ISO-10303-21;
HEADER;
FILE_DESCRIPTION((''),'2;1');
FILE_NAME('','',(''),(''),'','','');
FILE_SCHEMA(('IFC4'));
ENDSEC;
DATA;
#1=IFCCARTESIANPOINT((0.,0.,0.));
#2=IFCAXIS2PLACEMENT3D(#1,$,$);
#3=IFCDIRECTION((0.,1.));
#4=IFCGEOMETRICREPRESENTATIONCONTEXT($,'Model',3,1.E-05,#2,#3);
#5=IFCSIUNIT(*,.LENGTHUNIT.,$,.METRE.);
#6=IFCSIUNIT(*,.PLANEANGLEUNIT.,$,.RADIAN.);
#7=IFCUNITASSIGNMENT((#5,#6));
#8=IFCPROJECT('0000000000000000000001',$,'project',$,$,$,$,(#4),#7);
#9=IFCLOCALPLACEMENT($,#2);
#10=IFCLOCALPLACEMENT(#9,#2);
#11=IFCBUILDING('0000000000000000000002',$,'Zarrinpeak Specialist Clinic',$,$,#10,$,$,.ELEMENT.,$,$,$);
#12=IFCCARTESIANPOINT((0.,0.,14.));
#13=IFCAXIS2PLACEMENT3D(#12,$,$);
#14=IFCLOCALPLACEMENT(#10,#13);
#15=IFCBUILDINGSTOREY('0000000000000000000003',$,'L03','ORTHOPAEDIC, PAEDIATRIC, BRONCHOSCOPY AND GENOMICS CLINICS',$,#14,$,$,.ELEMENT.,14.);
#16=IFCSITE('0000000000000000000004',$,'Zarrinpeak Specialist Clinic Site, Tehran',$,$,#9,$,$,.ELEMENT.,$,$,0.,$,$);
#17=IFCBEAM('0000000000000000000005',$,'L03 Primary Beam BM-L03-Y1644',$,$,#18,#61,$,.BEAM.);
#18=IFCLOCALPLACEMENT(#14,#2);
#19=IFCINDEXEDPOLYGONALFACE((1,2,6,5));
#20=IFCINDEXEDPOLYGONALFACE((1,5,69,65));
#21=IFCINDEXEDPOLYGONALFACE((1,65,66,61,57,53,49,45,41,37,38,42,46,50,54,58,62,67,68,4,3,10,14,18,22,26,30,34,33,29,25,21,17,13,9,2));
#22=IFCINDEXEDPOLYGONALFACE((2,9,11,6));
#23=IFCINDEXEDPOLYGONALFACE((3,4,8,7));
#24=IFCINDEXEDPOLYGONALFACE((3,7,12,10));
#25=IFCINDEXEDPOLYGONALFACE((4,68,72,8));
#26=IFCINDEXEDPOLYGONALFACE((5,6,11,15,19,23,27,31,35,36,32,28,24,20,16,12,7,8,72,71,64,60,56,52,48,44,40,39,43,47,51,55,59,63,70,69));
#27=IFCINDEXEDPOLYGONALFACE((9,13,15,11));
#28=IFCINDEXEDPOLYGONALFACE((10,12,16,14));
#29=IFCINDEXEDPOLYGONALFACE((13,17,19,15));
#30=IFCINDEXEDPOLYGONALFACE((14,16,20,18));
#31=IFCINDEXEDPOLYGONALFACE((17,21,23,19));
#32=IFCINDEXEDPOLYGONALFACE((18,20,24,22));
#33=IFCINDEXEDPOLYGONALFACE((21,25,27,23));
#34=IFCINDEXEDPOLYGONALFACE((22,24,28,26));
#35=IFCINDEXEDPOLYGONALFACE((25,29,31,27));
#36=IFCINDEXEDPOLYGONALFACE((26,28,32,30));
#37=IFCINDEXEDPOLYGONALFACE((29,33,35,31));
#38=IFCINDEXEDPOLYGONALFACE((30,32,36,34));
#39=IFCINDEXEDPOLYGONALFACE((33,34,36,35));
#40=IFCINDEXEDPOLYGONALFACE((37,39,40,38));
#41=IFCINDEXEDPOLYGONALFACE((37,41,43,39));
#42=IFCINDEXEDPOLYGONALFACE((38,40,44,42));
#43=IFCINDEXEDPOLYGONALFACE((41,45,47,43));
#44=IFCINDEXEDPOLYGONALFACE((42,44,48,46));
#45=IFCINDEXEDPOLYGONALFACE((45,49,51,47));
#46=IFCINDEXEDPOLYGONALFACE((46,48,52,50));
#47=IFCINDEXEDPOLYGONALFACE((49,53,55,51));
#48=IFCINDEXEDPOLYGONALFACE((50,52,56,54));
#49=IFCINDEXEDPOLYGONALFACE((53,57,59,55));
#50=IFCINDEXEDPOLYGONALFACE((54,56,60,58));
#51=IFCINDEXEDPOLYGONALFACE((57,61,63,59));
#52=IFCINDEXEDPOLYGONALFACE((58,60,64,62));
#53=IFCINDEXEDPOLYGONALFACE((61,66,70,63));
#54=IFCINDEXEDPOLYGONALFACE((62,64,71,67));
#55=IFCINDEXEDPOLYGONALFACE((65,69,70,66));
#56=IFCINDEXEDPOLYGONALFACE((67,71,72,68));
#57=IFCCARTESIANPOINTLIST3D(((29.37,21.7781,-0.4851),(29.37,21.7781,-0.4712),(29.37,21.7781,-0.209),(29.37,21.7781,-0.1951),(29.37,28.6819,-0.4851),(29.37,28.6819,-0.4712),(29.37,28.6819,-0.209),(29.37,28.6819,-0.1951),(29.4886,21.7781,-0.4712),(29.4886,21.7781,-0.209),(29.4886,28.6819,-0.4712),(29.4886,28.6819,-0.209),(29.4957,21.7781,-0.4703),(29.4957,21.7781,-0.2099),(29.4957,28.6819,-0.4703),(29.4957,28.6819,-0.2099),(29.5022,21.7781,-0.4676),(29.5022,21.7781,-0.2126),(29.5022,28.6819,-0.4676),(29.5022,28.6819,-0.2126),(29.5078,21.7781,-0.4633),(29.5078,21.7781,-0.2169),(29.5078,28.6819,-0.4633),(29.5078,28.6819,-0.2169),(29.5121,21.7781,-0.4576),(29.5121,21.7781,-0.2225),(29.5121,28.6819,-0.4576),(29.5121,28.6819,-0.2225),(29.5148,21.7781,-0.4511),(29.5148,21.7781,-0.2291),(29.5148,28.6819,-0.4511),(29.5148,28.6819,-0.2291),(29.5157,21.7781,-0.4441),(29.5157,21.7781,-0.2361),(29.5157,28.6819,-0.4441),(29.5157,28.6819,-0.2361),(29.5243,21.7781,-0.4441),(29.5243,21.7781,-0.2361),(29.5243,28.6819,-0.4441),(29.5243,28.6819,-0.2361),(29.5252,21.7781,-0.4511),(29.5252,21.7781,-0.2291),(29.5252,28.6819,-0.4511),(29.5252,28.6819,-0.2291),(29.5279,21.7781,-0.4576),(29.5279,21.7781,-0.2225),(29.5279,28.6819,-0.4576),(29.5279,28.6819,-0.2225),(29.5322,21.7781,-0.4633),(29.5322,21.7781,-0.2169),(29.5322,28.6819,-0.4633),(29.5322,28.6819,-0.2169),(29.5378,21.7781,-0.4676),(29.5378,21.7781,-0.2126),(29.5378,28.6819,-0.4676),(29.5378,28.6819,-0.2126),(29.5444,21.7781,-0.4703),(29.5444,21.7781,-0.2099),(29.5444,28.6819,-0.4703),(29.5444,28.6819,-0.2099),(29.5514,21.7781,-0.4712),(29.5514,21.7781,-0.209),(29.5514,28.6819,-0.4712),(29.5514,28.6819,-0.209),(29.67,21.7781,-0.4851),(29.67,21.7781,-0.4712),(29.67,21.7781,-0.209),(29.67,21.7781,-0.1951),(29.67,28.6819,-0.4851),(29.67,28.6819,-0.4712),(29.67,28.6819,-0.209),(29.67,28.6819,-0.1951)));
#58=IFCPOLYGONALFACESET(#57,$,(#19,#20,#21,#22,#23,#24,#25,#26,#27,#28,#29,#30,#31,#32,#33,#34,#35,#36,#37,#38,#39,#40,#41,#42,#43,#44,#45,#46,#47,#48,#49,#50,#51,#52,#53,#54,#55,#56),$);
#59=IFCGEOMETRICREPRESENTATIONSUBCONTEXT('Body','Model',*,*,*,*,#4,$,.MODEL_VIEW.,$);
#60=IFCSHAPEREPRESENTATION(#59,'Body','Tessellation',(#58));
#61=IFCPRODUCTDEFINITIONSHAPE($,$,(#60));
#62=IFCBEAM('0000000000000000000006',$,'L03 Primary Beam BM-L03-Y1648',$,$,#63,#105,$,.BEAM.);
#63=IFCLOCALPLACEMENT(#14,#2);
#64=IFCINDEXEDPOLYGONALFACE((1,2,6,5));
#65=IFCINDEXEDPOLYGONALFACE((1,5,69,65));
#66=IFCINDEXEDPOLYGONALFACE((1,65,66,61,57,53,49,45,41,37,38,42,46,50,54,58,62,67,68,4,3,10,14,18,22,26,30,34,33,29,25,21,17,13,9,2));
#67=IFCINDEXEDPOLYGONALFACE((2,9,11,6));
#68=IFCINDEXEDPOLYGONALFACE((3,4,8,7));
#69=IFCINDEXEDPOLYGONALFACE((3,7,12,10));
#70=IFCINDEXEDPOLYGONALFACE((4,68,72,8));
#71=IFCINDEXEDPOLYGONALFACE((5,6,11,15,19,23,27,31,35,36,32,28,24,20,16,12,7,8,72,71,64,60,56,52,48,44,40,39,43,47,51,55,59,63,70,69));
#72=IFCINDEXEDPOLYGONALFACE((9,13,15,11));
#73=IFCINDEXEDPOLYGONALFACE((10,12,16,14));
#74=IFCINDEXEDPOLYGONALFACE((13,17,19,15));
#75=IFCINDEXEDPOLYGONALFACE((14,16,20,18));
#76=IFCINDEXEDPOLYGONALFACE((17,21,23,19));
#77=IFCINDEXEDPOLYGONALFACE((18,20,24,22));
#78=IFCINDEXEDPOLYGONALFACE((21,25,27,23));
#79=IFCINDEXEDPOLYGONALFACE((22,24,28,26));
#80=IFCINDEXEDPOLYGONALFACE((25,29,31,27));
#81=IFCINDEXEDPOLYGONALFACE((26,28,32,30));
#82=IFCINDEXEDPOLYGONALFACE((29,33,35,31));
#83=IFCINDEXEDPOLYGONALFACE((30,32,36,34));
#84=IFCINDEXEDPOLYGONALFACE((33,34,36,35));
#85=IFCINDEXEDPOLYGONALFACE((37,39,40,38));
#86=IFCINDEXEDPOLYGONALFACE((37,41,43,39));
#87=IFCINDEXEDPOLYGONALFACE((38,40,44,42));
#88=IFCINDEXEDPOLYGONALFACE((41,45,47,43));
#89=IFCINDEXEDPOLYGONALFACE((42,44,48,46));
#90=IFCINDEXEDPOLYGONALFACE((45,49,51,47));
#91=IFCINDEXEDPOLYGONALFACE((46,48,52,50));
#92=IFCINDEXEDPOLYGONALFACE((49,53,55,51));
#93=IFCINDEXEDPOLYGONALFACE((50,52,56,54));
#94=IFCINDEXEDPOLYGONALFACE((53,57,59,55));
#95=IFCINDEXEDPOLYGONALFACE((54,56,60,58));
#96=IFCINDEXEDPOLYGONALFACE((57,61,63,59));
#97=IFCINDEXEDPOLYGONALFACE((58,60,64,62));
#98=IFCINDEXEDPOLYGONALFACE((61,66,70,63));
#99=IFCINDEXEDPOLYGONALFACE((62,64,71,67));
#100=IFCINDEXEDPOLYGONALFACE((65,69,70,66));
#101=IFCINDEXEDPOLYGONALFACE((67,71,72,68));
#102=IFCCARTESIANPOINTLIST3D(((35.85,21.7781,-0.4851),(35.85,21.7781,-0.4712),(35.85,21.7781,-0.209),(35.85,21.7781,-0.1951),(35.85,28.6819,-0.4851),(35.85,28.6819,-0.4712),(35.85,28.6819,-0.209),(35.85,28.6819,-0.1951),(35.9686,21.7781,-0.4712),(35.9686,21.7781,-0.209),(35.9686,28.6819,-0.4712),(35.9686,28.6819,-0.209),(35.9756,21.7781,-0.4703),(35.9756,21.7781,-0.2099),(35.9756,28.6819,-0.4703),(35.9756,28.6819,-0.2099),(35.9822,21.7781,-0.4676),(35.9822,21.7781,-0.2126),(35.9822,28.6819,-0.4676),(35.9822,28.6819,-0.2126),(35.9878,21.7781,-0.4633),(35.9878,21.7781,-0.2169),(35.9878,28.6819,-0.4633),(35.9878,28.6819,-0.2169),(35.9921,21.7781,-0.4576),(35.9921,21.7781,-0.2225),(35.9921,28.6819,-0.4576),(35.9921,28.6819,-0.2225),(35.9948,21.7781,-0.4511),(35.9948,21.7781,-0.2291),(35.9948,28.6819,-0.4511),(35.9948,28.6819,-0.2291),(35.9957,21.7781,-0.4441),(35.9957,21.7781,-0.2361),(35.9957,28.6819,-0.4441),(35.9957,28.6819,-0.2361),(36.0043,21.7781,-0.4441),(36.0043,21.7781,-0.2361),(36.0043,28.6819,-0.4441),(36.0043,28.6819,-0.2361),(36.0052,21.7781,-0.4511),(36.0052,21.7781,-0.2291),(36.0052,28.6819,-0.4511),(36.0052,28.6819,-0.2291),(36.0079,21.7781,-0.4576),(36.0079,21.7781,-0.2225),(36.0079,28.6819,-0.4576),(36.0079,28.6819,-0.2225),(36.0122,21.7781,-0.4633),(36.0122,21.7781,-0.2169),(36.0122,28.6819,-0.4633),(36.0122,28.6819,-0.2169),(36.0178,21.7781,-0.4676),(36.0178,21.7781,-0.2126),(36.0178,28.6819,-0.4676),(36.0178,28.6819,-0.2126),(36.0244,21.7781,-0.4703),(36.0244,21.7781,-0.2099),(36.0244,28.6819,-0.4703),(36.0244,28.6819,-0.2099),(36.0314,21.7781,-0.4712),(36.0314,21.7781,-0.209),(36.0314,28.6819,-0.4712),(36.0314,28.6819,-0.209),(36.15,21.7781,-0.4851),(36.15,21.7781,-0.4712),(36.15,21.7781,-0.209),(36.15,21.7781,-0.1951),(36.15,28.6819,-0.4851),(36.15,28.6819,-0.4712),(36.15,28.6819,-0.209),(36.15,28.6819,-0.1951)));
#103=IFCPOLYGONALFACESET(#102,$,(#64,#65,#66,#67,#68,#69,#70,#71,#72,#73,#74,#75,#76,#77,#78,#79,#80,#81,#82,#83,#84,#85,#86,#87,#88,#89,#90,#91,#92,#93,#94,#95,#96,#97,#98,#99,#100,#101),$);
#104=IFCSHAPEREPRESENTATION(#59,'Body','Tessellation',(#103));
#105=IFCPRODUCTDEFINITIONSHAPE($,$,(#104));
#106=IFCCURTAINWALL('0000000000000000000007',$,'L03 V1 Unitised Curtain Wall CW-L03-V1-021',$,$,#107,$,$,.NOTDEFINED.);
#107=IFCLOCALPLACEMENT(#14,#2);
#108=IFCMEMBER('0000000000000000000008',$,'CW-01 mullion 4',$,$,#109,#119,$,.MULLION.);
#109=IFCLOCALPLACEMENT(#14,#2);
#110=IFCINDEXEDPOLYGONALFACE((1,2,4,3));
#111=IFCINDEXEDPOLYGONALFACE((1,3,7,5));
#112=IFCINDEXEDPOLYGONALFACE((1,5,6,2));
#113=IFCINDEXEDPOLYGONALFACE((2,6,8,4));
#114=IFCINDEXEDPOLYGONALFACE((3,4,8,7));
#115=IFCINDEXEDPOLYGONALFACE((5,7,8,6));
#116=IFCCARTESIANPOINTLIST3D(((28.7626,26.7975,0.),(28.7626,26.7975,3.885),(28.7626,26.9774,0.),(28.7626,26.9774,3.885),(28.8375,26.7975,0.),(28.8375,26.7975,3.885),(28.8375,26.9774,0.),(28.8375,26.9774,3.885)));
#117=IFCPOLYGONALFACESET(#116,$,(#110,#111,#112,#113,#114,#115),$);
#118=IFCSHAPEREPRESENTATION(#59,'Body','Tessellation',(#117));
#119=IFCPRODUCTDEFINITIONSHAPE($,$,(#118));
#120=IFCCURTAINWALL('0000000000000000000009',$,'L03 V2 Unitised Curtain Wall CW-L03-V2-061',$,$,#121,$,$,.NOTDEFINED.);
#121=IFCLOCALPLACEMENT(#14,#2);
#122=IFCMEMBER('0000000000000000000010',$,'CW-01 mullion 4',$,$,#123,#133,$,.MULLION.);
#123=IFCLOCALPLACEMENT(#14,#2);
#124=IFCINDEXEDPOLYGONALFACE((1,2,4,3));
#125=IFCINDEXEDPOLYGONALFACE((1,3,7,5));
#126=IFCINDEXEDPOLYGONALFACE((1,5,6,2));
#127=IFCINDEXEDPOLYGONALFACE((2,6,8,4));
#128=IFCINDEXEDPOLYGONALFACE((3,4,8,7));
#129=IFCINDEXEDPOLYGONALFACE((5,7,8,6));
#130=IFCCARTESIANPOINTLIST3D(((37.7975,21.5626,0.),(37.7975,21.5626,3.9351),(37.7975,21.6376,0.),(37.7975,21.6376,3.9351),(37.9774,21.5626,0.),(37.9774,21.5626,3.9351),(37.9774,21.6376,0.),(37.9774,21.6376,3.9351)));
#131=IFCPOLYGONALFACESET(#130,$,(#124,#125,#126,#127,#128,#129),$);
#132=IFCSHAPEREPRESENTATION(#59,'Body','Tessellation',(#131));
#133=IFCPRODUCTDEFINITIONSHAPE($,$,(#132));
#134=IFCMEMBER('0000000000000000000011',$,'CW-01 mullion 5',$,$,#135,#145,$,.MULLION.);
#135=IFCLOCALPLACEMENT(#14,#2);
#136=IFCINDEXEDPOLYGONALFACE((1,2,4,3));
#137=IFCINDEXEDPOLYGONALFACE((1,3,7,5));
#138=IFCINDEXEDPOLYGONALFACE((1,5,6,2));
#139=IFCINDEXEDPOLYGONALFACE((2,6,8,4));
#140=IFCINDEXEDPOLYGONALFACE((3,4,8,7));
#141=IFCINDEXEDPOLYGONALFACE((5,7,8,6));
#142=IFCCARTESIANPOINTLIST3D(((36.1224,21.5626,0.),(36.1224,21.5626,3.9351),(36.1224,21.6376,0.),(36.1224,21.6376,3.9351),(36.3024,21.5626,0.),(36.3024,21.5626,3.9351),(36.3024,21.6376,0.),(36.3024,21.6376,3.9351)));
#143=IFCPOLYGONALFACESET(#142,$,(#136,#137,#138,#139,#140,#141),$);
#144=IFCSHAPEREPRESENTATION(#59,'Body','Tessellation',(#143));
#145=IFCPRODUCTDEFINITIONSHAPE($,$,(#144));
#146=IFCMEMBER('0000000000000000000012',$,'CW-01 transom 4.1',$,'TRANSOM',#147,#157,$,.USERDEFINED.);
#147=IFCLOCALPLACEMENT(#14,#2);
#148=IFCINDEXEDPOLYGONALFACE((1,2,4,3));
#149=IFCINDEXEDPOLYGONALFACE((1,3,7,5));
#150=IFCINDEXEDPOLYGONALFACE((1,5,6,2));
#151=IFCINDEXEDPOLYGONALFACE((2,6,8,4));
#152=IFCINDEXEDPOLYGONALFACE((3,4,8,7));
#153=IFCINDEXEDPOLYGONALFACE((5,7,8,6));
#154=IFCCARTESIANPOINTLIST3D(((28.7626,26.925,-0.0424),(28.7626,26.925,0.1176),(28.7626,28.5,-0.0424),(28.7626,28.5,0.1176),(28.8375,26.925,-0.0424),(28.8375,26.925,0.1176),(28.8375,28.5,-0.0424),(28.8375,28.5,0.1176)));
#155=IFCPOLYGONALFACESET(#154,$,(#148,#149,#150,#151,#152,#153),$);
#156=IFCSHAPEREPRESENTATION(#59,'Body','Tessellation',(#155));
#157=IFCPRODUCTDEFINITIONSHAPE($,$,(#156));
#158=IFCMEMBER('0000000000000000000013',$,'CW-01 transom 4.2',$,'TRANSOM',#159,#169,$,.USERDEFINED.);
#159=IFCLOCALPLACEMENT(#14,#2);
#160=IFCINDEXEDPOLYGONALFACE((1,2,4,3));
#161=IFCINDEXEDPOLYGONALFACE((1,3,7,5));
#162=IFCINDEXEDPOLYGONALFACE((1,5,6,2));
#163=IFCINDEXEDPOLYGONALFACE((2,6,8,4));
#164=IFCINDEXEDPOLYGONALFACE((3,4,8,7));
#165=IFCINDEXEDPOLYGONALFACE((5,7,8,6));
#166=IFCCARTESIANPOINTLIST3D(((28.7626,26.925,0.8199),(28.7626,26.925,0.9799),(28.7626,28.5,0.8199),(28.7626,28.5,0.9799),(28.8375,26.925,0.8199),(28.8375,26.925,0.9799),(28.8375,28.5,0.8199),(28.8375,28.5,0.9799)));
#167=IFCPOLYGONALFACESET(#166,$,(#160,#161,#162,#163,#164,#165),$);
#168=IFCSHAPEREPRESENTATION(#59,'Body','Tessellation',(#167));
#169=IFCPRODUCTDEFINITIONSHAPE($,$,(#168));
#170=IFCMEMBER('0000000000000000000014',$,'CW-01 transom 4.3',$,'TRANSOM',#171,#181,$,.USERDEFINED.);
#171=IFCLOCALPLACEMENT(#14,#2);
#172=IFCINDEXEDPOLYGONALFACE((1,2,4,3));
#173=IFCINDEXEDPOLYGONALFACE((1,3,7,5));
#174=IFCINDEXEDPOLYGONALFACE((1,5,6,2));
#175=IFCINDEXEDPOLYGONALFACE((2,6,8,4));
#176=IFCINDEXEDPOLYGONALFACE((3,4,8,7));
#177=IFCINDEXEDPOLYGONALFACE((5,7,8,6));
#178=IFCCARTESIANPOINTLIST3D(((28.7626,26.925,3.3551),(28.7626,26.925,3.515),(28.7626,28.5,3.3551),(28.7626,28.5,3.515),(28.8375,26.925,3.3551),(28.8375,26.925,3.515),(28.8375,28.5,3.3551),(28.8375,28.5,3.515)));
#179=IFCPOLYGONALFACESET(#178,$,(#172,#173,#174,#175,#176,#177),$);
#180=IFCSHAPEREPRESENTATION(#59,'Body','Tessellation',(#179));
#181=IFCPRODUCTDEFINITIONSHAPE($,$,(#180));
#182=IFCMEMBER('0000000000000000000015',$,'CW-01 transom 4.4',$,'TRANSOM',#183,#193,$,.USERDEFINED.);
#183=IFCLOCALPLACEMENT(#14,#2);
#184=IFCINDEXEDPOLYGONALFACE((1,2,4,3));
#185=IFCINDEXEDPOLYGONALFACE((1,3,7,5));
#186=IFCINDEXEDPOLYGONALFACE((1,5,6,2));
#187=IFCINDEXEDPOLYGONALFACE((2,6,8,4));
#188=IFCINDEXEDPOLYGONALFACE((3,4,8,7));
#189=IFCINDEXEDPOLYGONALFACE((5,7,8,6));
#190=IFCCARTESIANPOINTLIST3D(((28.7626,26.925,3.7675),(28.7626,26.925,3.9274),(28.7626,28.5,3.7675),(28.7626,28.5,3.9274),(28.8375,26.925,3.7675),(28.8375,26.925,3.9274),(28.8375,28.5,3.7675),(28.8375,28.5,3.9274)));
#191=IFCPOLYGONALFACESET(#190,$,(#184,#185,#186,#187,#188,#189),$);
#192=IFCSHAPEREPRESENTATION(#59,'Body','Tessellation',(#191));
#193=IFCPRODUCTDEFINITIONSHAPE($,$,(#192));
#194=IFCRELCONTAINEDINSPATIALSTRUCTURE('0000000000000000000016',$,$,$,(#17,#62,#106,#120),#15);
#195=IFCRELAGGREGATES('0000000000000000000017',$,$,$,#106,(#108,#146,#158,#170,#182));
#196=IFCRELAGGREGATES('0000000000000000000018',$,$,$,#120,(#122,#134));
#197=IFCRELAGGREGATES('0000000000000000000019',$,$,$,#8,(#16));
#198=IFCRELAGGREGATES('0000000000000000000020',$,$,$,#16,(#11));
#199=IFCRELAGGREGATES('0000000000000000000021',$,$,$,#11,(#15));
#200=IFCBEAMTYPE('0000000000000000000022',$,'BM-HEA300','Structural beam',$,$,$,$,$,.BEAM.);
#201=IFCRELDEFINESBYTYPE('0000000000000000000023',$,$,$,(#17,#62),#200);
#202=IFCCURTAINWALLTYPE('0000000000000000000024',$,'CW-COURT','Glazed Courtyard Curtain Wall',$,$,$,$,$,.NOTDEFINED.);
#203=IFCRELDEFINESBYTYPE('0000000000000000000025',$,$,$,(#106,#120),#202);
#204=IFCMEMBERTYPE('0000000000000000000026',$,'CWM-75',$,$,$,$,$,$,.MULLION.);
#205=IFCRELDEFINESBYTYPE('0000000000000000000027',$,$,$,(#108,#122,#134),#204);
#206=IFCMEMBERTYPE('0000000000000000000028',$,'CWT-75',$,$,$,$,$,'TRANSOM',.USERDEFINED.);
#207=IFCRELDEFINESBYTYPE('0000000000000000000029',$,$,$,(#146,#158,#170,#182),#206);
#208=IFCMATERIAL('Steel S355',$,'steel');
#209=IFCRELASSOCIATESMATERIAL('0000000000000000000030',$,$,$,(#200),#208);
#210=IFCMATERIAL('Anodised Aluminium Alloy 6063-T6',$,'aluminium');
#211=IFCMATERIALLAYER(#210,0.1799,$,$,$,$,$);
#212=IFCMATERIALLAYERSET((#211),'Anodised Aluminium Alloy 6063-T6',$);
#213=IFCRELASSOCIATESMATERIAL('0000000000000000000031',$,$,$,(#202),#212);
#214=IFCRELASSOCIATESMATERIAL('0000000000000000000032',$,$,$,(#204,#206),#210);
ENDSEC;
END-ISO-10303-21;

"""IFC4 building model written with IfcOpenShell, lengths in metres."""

from ifc_helpers import new_model, si_unit, direction, frame, origin, origin_2d, place, context, subcontext, project, spatial, rectangle, i_section, extrude, material, layer, layer_set, material_profile, profile_set, type_object, element, aggregate, save


model = new_model("IFC4")

# Units and contexts
model_context = context("Model", 3, precision=1e-05, world=origin(), true_north=direction((0.0, 1.0)))
body_context = subcontext(model_context, "Body", "Model", "MODEL_VIEW")
ifc_project = project(units=[si_unit("LENGTHUNIT", "METRE"), si_unit("PLANEANGLEUNIT", "RADIAN")], contexts=[model_context])

# Site, building, storey
site_placement = place(None, origin())
site = spatial("IfcSite", under=ifc_project, at=site_placement, Name="Zarrinpeak Specialist Clinic Site, Tehran", CompositionType="ELEMENT", RefElevation=0.0)
building_placement = place(site_placement, origin())
building = spatial("IfcBuilding", under=site, at=building_placement, Name="Zarrinpeak Specialist Clinic", CompositionType="ELEMENT")
storey_placement = place(building_placement, frame((0.0, 0.0, 14.0)))
storey = spatial("IfcBuildingStorey", under=building, at=storey_placement, Name="L03", Description="ORTHOPAEDIC, PAEDIATRIC, BRONCHOSCOPY AND GENOMICS CLINICS", CompositionType="ELEMENT", Elevation=14.0)

# Shared definitions
ifc_material_1 = material(Name="Steel S355", Category="steel")

# Beams
ifc_material_profile_1 = material_profile(ifc_material_1, i_section(OverallWidth=0.3, OverallDepth=0.29, WebThickness=0.0085, FlangeThickness=0.0139, FilletRadius=0.0271, at=origin_2d()), Name="HEA 300")
ifc_profile_set_1 = profile_set([ifc_material_profile_1], Name="Steel S355")
beam_type = type_object("IfcBeamType", Name="BM-HEA300", Description="Structural beam", PredefinedType="BEAM", material=ifc_profile_set_1)
for number, where, z_axis, x_axis, name in (
    (1, (29.52, 21.7781, -0.3401), (0.0, 1.0, 0.0), (-1.0, 0.0, 0.0), "L03 Primary Beam BM-L03-Y1644"),
    (2, (36.0, 21.7781, -0.3401), (0.0, 1.0, 0.0), (-1.0, 0.0, 0.0), "L03 Primary Beam BM-L03-Y1648"),
):
    element("IfcBeam", number, at=place(storey_placement, frame(where, z_axis=z_axis, x_axis=x_axis)), inside=storey, type_object=beam_type, Name=name, PredefinedType="BEAM", context=body_context, shape_type="SweptSolid", body=[
        extrude(i_section(OverallWidth=0.3, OverallDepth=0.29, WebThickness=0.0085, FlangeThickness=0.0139, FilletRadius=0.0271, at=origin_2d()), origin(), (0.0, 0.0, 1.0), 6.9038),
    ])

# Curtain wall, member
ifc_material_2 = material(Name="Anodised Aluminium Alloy 6063-T6", Category="aluminium")
ifc_layer_1 = layer(ifc_material_2, 0.1799)
ifc_layer_set_1 = layer_set([ifc_layer_1], Name="Anodised Aluminium Alloy 6063-T6")
curtain_wall_type = type_object("IfcCurtainWallType", Name="CW-COURT", Description="Glazed Courtyard Curtain Wall", PredefinedType="NOTDEFINED", material=ifc_layer_set_1)
curtain_wall_1_placement = place(storey_placement, origin())
curtain_wall_1 = element("IfcCurtainWall", 3, at=curtain_wall_1_placement, inside=storey, type_object=curtain_wall_type, Name="L03 V1 Unitised Curtain Wall CW-L03-V1-021", PredefinedType="NOTDEFINED")
ifc_material_profile_2 = material_profile(ifc_material_2, rectangle(XDim=0.075, YDim=0.1799, at=origin_2d()), Name="ALU 75x180")
ifc_profile_set_2 = profile_set([ifc_material_profile_2], Name="Anodised Aluminium Alloy 6063-T6")
member_type_1 = type_object("IfcMemberType", Name="CWM-75", PredefinedType="MULLION", material=ifc_profile_set_2)
member_1_placement = place(storey_placement, frame((28.8, 26.8875, 0.0), z_axis=(0.0, 0.0, 1.0), x_axis=(-1.0, 0.0, 0.0)))
member_1 = element("IfcMember", 4, at=member_1_placement, type_object=member_type_1, Name="CW-01 mullion 4", PredefinedType="MULLION", context=body_context, shape_type="SweptSolid", body=[
    extrude(rectangle(XDim=0.075, YDim=0.1799, at=origin_2d()), origin(), (0.0, 0.0, 1.0), 3.885),
])

# Curtain wall, members
curtain_wall_2_placement = place(storey_placement, origin())
curtain_wall_2 = element("IfcCurtainWall", 5, at=curtain_wall_2_placement, inside=storey, type_object=curtain_wall_type, Name="L03 V2 Unitised Curtain Wall CW-L03-V2-061", PredefinedType="NOTDEFINED")
member_2_placement = place(storey_placement, frame((37.8875, 21.6001, 0.0), z_axis=(0.0, 0.0, 1.0), x_axis=(0.0, -1.0, 0.0)))
member_2 = element("IfcMember", 6, at=member_2_placement, type_object=member_type_1, Name="CW-01 mullion 4", PredefinedType="MULLION", context=body_context, shape_type="SweptSolid", body=[
    extrude(rectangle(XDim=0.075, YDim=0.1799, at=origin_2d()), origin(), (0.0, 0.0, 1.0), 3.9351),
])
member_3_placement = place(storey_placement, frame((36.2124, 21.6001, 0.0), z_axis=(0.0, 0.0, 1.0), x_axis=(0.0, -1.0, 0.0)))
member_3 = element("IfcMember", 7, at=member_3_placement, type_object=member_type_1, Name="CW-01 mullion 5", PredefinedType="MULLION", context=body_context, shape_type="SweptSolid", body=[
    extrude(rectangle(XDim=0.075, YDim=0.1799, at=origin_2d()), origin(), (0.0, 0.0, 1.0), 3.9351),
])

# Members
ifc_material_profile_3 = material_profile(ifc_material_2, rectangle(XDim=0.075, YDim=0.1599, at=origin_2d()), Name="ALU 75x160")
ifc_profile_set_3 = profile_set([ifc_material_profile_3], Name="Anodised Aluminium Alloy 6063-T6")
member_type_2 = type_object("IfcMemberType", Name="CWT-75", ElementType="TRANSOM", PredefinedType="USERDEFINED", material=ifc_profile_set_3)
member_4_placement = place(storey_placement, frame((28.8, 26.925, 0.0376), z_axis=(0.0, 1.0, 0.0), x_axis=(-1.0, 0.0, 0.0)))
member_4 = element("IfcMember", 8, at=member_4_placement, type_object=member_type_2, Name="CW-01 transom 4.1", ObjectType="TRANSOM", PredefinedType="USERDEFINED", context=body_context, shape_type="SweptSolid", body=[
    extrude(rectangle(XDim=0.075, YDim=0.1599, at=origin_2d()), origin(), (0.0, 0.0, 1.0), 1.575),
])
member_5_placement = place(storey_placement, frame((28.8, 26.925, 0.8999), z_axis=(0.0, 1.0, 0.0), x_axis=(-1.0, 0.0, 0.0)))
member_5 = element("IfcMember", 9, at=member_5_placement, type_object=member_type_2, Name="CW-01 transom 4.2", ObjectType="TRANSOM", PredefinedType="USERDEFINED", context=body_context, shape_type="SweptSolid", body=[
    extrude(rectangle(XDim=0.075, YDim=0.1599, at=origin_2d()), origin(), (0.0, 0.0, 1.0), 1.575),
])
member_6_placement = place(storey_placement, frame((28.8, 26.925, 3.4351), z_axis=(0.0, 1.0, 0.0), x_axis=(-1.0, 0.0, 0.0)))
member_6 = element("IfcMember", 10, at=member_6_placement, type_object=member_type_2, Name="CW-01 transom 4.3", ObjectType="TRANSOM", PredefinedType="USERDEFINED", context=body_context, shape_type="SweptSolid", body=[
    extrude(rectangle(XDim=0.075, YDim=0.1599, at=origin_2d()), origin(), (0.0, 0.0, 1.0), 1.575),
])
member_7_placement = place(storey_placement, frame((28.8, 26.925, 3.8474), z_axis=(0.0, 1.0, 0.0), x_axis=(-1.0, 0.0, 0.0)))
member_7 = element("IfcMember", 11, at=member_7_placement, type_object=member_type_2, Name="CW-01 transom 4.4", ObjectType="TRANSOM", PredefinedType="USERDEFINED", context=body_context, shape_type="SweptSolid", body=[
    extrude(rectangle(XDim=0.075, YDim=0.1599, at=origin_2d()), origin(), (0.0, 0.0, 1.0), 1.575),
])

aggregate(curtain_wall_1, [member_1, member_4, member_5, member_6, member_7])
aggregate(curtain_wall_2, [member_2, member_3])

save(model, "model.ifc")
